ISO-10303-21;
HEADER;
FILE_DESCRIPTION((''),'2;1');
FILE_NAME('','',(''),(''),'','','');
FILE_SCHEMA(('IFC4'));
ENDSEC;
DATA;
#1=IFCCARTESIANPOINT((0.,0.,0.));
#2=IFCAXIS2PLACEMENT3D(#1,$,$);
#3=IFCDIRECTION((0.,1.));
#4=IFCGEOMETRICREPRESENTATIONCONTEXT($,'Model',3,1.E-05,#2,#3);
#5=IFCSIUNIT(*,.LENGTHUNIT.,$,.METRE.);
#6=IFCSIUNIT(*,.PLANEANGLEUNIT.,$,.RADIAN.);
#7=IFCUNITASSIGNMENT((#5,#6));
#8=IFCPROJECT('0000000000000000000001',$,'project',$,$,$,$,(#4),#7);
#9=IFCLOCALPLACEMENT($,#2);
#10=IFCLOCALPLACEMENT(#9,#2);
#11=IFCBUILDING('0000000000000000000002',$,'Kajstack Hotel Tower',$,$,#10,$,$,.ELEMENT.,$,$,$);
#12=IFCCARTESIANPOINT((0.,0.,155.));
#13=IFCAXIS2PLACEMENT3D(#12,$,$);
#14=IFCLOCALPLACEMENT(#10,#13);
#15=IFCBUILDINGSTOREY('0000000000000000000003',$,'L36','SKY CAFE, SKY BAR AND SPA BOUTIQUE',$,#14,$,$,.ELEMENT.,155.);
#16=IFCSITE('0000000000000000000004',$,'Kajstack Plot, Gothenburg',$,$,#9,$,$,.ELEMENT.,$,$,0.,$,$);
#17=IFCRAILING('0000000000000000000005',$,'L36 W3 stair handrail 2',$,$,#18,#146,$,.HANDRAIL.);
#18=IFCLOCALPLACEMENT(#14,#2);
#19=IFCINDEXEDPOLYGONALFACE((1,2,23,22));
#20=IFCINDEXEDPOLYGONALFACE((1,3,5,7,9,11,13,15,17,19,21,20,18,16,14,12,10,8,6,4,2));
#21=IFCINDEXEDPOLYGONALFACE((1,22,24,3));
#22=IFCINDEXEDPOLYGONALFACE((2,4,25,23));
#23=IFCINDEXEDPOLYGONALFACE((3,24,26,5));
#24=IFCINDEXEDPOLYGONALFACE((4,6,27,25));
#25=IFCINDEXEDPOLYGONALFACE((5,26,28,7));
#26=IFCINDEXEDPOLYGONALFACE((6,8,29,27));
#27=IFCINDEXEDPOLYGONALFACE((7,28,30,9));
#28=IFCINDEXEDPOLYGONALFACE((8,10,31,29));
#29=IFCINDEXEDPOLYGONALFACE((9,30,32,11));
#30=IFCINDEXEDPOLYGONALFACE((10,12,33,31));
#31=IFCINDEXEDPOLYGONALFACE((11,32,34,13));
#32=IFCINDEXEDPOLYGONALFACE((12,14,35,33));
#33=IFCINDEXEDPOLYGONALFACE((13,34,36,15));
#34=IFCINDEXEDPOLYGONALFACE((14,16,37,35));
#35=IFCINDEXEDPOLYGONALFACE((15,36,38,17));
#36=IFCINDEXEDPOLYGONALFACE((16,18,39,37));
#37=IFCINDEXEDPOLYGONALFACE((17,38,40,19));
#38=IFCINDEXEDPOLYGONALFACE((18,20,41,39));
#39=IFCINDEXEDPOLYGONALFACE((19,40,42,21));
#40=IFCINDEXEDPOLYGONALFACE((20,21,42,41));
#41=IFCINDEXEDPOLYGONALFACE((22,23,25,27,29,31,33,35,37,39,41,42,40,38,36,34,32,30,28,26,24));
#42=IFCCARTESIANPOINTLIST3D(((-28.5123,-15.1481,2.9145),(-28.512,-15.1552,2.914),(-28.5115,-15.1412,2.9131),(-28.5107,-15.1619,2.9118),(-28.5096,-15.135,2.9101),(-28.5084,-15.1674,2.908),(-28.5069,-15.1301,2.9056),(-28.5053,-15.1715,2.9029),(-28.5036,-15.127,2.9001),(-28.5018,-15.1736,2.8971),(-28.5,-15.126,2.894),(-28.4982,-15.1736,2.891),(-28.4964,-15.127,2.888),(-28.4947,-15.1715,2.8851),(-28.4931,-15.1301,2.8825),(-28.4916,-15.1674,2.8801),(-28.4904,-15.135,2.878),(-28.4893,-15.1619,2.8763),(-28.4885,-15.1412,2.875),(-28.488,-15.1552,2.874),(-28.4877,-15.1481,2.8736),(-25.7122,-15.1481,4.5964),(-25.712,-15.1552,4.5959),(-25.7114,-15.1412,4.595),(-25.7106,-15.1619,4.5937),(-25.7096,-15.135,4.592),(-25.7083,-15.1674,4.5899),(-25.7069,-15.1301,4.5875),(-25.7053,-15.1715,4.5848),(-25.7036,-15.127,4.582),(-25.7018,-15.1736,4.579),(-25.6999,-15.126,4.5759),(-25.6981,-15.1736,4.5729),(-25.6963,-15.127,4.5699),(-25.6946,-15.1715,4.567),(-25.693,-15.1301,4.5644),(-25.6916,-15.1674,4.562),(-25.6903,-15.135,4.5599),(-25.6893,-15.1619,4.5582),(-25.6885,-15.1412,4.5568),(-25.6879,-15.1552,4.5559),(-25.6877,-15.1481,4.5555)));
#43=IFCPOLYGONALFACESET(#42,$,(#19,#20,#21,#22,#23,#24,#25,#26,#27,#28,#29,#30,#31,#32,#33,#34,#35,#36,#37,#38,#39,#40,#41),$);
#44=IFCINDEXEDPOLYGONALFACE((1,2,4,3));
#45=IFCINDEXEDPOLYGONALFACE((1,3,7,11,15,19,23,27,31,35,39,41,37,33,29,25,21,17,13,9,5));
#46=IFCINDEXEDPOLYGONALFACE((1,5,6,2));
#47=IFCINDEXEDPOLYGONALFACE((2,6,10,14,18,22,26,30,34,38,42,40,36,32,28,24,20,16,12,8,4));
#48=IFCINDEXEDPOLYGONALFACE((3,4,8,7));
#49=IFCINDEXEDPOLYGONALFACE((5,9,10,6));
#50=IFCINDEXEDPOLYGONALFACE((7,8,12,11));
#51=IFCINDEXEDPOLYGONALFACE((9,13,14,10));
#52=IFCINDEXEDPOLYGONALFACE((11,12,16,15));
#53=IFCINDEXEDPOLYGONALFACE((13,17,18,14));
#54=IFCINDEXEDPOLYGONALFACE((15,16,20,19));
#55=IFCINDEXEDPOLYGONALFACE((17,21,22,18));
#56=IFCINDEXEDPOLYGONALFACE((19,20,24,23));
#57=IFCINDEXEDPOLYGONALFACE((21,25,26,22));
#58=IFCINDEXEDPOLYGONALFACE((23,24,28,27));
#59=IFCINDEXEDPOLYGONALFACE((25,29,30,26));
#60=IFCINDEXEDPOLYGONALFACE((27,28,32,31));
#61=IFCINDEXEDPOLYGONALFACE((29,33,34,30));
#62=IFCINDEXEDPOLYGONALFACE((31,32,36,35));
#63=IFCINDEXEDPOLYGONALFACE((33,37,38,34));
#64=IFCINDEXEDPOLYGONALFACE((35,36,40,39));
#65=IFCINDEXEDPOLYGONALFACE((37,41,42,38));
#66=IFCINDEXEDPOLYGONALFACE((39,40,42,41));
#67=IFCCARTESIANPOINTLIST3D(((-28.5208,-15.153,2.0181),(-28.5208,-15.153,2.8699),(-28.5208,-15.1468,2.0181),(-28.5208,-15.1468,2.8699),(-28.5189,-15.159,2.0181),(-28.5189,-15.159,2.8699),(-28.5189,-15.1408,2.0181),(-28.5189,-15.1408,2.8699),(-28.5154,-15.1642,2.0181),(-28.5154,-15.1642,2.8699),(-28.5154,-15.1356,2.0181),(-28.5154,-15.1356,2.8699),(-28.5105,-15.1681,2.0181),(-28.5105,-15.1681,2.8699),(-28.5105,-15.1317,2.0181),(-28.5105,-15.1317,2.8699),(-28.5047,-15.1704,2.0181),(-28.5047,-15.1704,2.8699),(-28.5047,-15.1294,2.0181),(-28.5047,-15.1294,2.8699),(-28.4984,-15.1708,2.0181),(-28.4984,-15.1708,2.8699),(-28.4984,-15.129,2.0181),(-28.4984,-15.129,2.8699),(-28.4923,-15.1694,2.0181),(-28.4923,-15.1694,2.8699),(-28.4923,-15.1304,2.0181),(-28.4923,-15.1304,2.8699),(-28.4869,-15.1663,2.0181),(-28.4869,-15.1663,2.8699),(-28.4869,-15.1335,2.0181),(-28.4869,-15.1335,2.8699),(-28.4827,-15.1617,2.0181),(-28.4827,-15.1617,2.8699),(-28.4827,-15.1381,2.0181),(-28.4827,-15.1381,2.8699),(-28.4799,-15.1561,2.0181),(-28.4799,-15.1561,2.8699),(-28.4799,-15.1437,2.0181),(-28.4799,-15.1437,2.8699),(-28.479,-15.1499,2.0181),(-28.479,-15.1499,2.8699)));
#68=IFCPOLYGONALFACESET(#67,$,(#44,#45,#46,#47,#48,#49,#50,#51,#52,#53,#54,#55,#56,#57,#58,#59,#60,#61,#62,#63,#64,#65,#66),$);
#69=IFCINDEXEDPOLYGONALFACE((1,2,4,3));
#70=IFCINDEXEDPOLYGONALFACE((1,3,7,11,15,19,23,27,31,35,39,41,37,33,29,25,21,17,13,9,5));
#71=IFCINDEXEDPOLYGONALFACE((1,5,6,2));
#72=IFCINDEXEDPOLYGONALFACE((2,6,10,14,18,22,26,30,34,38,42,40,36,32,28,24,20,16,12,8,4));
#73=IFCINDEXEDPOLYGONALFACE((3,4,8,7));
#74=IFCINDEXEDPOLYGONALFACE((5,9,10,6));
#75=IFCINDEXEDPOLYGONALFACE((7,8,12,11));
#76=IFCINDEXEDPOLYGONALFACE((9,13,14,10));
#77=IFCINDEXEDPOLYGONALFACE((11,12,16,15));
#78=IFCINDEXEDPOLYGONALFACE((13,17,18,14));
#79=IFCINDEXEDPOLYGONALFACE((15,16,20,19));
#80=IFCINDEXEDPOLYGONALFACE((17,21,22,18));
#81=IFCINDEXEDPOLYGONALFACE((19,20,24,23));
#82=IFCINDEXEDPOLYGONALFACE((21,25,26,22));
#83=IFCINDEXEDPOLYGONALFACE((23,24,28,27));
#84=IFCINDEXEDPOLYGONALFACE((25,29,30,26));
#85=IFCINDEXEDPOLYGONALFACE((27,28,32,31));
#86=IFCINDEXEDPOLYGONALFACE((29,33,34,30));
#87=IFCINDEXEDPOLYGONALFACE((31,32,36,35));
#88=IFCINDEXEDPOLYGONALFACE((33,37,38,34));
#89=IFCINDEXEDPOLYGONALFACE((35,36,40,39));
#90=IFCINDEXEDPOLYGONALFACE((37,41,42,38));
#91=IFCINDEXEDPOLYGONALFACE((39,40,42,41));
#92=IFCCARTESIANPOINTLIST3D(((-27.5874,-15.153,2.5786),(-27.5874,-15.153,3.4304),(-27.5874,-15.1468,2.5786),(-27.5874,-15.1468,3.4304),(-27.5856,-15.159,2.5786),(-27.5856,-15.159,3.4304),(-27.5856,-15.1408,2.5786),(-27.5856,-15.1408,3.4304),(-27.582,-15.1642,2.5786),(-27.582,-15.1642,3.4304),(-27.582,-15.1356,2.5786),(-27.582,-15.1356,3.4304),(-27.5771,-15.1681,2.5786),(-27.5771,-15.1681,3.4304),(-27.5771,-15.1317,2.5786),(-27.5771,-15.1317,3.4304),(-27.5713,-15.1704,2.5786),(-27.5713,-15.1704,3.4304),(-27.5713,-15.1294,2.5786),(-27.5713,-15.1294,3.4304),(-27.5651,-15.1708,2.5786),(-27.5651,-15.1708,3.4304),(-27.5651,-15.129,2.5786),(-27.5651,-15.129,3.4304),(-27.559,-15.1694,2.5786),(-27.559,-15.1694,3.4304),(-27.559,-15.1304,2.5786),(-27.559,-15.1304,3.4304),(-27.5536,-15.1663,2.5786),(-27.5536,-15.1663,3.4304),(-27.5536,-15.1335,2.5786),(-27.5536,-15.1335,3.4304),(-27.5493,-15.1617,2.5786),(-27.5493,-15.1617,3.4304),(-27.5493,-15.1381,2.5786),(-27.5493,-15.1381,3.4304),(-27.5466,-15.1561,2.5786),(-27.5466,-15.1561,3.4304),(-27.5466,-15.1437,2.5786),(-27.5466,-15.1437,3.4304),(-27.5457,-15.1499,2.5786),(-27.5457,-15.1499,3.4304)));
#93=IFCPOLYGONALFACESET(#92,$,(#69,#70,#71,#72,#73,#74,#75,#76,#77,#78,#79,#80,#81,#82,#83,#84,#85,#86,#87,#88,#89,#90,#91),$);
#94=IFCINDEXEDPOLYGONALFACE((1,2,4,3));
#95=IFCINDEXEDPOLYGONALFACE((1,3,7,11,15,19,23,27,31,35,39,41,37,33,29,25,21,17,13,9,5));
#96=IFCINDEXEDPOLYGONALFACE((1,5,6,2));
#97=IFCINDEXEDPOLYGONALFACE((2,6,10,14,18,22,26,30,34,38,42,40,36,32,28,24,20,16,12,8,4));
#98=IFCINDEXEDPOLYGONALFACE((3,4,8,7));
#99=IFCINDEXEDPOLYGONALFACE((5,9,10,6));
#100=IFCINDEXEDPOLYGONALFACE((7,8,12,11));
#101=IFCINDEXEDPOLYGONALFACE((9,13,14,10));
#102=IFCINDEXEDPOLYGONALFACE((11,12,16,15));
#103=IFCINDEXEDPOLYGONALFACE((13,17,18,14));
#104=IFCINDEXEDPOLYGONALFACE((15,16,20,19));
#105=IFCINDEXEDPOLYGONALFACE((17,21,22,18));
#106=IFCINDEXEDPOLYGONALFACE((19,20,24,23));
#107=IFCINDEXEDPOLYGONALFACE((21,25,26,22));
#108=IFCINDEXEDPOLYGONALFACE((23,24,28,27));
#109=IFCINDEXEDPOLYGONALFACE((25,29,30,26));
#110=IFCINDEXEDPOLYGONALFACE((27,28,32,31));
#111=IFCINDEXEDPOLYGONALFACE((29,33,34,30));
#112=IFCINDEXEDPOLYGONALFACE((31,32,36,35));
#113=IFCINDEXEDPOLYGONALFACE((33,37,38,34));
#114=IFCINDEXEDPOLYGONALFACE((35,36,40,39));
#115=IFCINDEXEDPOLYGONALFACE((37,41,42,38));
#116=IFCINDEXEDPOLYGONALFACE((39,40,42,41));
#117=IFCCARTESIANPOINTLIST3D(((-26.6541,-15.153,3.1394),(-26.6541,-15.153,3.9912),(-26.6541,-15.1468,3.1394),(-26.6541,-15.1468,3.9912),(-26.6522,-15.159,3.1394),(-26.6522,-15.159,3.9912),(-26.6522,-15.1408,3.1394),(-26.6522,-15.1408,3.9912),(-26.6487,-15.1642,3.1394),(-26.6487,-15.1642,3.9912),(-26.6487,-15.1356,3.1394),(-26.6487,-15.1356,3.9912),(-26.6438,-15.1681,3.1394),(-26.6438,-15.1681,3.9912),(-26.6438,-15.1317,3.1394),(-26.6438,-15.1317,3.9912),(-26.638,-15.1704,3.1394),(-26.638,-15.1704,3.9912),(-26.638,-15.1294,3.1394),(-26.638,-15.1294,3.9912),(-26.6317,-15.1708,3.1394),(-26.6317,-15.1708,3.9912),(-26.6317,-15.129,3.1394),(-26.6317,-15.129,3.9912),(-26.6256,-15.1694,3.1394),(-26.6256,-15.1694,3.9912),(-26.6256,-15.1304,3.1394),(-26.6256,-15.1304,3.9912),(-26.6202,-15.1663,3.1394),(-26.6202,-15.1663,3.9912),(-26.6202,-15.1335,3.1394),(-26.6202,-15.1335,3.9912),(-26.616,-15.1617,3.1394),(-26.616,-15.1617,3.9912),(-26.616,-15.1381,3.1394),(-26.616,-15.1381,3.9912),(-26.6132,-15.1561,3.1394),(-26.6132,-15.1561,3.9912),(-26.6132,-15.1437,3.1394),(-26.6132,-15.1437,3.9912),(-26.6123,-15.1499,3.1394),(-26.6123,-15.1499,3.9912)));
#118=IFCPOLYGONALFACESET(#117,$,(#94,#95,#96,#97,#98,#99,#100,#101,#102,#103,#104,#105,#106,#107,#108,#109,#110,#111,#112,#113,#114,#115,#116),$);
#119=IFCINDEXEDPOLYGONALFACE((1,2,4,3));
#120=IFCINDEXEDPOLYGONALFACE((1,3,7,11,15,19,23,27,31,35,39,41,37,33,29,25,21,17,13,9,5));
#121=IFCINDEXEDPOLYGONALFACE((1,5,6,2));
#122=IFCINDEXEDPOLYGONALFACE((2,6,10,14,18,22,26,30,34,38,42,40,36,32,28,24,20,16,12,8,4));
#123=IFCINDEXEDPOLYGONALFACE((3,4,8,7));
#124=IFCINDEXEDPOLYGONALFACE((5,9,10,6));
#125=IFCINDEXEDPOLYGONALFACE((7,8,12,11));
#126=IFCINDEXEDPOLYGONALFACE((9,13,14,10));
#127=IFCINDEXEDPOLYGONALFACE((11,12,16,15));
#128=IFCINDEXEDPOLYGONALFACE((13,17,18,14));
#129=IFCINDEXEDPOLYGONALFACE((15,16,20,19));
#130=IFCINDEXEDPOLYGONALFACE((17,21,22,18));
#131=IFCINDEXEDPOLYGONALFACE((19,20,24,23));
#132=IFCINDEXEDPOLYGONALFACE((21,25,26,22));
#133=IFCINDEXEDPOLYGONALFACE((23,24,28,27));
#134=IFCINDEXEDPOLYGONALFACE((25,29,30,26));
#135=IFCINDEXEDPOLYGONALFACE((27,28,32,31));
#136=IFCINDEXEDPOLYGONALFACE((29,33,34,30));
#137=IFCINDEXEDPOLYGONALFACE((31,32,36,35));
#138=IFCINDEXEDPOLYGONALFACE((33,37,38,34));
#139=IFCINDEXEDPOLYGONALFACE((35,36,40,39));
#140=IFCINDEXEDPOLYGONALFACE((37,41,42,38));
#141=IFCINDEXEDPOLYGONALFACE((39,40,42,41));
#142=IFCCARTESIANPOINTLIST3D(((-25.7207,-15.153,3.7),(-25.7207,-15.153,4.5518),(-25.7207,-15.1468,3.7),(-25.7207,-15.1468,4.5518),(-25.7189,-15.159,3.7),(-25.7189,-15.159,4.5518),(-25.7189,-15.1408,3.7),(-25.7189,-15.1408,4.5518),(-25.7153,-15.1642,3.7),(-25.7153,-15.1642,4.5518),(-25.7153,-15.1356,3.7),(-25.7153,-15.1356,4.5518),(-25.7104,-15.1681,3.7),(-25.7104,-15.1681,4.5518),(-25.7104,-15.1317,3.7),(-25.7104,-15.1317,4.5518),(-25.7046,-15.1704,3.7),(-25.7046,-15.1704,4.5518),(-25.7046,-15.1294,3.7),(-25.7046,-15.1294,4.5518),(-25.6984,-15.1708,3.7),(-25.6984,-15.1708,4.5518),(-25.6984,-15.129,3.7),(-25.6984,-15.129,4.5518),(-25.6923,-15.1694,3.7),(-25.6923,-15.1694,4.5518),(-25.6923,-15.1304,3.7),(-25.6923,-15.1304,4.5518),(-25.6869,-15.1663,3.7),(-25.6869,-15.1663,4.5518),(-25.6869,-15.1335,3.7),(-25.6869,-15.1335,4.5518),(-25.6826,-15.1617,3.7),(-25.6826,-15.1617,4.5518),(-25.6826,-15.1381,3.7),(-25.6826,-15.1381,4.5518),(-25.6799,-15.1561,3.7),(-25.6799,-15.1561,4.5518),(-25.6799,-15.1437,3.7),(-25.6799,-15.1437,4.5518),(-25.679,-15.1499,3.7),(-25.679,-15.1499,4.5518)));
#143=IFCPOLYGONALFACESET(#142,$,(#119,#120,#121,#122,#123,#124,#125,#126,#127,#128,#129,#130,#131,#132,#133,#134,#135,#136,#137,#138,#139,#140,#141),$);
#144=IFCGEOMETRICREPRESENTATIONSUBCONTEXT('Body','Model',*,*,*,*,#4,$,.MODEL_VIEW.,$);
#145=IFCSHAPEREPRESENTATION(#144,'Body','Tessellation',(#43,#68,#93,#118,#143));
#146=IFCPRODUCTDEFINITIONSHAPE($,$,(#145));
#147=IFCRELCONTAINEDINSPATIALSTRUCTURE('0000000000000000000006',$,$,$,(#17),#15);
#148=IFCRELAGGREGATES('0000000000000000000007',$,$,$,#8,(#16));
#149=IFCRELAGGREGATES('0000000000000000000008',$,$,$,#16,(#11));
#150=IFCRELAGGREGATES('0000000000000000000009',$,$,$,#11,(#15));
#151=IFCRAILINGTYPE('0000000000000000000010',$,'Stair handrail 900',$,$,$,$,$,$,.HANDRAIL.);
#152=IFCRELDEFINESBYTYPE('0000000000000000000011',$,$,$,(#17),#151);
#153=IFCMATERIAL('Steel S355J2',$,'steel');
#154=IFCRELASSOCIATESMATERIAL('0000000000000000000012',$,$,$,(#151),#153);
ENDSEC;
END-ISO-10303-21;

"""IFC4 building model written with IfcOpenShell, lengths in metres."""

from ifc_helpers import new_model, si_unit, direction, frame, origin, origin_2d, place, context, subcontext, project, spatial, circle, extrude, material, type_object, element, save


model = new_model("IFC4")

# Units and contexts
model_context = context("Model", 3, precision=1e-05, world=origin(), true_north=direction((0.0, 1.0)))
body_context = subcontext(model_context, "Body", "Model", "MODEL_VIEW")
ifc_project = project(units=[si_unit("LENGTHUNIT", "METRE"), si_unit("PLANEANGLEUNIT", "RADIAN")], contexts=[model_context])

# Site, building, storey
site_placement = place(None, origin())
site = spatial("IfcSite", under=ifc_project, at=site_placement, Name="Kajstack Plot, Gothenburg", CompositionType="ELEMENT", RefElevation=0.0)
building_placement = place(site_placement, origin())
building = spatial("IfcBuilding", under=site, at=building_placement, Name="Kajstack Hotel Tower", CompositionType="ELEMENT")
storey_placement = place(building_placement, frame((0.0, 0.0, 155.0)))
storey = spatial("IfcBuildingStorey", under=building, at=storey_placement, Name="L36", Description="SKY CAFE, SKY BAR AND SPA BOUTIQUE", CompositionType="ELEMENT", Elevation=155.0)

# Railing
ifc_material_1 = material(Name="Steel S355J2", Category="steel")
railing_type_1 = type_object("IfcRailingType", Name="Stair handrail 900", PredefinedType="HANDRAIL", material=ifc_material_1)
railing_1_placement = place(storey_placement, frame((-28.5, -15.1499, 2.0181)))
element("IfcRailing", 1, at=railing_1_placement, inside=storey, type_object=railing_type_1, Name="L36 W3 stair handrail 2", PredefinedType="HANDRAIL", context=body_context, shape_type="SweptSolid", body=[
    extrude(circle(Radius=0.0239, at=origin_2d()), frame((0.0, 0.0, 0.876), z_axis=(0.857242, 0.0, 0.514913), x_axis=(0.0, 1.0, 0.0)), (0.0, 0.0, 1.0), 3.2664),
    extrude(circle(Radius=0.021, at=origin_2d()), origin(), (0.0, 0.0, 1.0), 0.8518),
    extrude(circle(Radius=0.021, at=origin_2d()), frame((0.9333, 0.0, 0.5605)), (0.0, 0.0, 1.0), 0.8518),
    extrude(circle(Radius=0.021, at=origin_2d()), frame((1.8667, 0.0, 1.1213)), (0.0, 0.0, 1.0), 0.8518),
    extrude(circle(Radius=0.021, at=origin_2d()), frame((2.8, 0.0, 1.6819)), (0.0, 0.0, 1.0), 0.8518),
])

save(model, "model.ifc")
